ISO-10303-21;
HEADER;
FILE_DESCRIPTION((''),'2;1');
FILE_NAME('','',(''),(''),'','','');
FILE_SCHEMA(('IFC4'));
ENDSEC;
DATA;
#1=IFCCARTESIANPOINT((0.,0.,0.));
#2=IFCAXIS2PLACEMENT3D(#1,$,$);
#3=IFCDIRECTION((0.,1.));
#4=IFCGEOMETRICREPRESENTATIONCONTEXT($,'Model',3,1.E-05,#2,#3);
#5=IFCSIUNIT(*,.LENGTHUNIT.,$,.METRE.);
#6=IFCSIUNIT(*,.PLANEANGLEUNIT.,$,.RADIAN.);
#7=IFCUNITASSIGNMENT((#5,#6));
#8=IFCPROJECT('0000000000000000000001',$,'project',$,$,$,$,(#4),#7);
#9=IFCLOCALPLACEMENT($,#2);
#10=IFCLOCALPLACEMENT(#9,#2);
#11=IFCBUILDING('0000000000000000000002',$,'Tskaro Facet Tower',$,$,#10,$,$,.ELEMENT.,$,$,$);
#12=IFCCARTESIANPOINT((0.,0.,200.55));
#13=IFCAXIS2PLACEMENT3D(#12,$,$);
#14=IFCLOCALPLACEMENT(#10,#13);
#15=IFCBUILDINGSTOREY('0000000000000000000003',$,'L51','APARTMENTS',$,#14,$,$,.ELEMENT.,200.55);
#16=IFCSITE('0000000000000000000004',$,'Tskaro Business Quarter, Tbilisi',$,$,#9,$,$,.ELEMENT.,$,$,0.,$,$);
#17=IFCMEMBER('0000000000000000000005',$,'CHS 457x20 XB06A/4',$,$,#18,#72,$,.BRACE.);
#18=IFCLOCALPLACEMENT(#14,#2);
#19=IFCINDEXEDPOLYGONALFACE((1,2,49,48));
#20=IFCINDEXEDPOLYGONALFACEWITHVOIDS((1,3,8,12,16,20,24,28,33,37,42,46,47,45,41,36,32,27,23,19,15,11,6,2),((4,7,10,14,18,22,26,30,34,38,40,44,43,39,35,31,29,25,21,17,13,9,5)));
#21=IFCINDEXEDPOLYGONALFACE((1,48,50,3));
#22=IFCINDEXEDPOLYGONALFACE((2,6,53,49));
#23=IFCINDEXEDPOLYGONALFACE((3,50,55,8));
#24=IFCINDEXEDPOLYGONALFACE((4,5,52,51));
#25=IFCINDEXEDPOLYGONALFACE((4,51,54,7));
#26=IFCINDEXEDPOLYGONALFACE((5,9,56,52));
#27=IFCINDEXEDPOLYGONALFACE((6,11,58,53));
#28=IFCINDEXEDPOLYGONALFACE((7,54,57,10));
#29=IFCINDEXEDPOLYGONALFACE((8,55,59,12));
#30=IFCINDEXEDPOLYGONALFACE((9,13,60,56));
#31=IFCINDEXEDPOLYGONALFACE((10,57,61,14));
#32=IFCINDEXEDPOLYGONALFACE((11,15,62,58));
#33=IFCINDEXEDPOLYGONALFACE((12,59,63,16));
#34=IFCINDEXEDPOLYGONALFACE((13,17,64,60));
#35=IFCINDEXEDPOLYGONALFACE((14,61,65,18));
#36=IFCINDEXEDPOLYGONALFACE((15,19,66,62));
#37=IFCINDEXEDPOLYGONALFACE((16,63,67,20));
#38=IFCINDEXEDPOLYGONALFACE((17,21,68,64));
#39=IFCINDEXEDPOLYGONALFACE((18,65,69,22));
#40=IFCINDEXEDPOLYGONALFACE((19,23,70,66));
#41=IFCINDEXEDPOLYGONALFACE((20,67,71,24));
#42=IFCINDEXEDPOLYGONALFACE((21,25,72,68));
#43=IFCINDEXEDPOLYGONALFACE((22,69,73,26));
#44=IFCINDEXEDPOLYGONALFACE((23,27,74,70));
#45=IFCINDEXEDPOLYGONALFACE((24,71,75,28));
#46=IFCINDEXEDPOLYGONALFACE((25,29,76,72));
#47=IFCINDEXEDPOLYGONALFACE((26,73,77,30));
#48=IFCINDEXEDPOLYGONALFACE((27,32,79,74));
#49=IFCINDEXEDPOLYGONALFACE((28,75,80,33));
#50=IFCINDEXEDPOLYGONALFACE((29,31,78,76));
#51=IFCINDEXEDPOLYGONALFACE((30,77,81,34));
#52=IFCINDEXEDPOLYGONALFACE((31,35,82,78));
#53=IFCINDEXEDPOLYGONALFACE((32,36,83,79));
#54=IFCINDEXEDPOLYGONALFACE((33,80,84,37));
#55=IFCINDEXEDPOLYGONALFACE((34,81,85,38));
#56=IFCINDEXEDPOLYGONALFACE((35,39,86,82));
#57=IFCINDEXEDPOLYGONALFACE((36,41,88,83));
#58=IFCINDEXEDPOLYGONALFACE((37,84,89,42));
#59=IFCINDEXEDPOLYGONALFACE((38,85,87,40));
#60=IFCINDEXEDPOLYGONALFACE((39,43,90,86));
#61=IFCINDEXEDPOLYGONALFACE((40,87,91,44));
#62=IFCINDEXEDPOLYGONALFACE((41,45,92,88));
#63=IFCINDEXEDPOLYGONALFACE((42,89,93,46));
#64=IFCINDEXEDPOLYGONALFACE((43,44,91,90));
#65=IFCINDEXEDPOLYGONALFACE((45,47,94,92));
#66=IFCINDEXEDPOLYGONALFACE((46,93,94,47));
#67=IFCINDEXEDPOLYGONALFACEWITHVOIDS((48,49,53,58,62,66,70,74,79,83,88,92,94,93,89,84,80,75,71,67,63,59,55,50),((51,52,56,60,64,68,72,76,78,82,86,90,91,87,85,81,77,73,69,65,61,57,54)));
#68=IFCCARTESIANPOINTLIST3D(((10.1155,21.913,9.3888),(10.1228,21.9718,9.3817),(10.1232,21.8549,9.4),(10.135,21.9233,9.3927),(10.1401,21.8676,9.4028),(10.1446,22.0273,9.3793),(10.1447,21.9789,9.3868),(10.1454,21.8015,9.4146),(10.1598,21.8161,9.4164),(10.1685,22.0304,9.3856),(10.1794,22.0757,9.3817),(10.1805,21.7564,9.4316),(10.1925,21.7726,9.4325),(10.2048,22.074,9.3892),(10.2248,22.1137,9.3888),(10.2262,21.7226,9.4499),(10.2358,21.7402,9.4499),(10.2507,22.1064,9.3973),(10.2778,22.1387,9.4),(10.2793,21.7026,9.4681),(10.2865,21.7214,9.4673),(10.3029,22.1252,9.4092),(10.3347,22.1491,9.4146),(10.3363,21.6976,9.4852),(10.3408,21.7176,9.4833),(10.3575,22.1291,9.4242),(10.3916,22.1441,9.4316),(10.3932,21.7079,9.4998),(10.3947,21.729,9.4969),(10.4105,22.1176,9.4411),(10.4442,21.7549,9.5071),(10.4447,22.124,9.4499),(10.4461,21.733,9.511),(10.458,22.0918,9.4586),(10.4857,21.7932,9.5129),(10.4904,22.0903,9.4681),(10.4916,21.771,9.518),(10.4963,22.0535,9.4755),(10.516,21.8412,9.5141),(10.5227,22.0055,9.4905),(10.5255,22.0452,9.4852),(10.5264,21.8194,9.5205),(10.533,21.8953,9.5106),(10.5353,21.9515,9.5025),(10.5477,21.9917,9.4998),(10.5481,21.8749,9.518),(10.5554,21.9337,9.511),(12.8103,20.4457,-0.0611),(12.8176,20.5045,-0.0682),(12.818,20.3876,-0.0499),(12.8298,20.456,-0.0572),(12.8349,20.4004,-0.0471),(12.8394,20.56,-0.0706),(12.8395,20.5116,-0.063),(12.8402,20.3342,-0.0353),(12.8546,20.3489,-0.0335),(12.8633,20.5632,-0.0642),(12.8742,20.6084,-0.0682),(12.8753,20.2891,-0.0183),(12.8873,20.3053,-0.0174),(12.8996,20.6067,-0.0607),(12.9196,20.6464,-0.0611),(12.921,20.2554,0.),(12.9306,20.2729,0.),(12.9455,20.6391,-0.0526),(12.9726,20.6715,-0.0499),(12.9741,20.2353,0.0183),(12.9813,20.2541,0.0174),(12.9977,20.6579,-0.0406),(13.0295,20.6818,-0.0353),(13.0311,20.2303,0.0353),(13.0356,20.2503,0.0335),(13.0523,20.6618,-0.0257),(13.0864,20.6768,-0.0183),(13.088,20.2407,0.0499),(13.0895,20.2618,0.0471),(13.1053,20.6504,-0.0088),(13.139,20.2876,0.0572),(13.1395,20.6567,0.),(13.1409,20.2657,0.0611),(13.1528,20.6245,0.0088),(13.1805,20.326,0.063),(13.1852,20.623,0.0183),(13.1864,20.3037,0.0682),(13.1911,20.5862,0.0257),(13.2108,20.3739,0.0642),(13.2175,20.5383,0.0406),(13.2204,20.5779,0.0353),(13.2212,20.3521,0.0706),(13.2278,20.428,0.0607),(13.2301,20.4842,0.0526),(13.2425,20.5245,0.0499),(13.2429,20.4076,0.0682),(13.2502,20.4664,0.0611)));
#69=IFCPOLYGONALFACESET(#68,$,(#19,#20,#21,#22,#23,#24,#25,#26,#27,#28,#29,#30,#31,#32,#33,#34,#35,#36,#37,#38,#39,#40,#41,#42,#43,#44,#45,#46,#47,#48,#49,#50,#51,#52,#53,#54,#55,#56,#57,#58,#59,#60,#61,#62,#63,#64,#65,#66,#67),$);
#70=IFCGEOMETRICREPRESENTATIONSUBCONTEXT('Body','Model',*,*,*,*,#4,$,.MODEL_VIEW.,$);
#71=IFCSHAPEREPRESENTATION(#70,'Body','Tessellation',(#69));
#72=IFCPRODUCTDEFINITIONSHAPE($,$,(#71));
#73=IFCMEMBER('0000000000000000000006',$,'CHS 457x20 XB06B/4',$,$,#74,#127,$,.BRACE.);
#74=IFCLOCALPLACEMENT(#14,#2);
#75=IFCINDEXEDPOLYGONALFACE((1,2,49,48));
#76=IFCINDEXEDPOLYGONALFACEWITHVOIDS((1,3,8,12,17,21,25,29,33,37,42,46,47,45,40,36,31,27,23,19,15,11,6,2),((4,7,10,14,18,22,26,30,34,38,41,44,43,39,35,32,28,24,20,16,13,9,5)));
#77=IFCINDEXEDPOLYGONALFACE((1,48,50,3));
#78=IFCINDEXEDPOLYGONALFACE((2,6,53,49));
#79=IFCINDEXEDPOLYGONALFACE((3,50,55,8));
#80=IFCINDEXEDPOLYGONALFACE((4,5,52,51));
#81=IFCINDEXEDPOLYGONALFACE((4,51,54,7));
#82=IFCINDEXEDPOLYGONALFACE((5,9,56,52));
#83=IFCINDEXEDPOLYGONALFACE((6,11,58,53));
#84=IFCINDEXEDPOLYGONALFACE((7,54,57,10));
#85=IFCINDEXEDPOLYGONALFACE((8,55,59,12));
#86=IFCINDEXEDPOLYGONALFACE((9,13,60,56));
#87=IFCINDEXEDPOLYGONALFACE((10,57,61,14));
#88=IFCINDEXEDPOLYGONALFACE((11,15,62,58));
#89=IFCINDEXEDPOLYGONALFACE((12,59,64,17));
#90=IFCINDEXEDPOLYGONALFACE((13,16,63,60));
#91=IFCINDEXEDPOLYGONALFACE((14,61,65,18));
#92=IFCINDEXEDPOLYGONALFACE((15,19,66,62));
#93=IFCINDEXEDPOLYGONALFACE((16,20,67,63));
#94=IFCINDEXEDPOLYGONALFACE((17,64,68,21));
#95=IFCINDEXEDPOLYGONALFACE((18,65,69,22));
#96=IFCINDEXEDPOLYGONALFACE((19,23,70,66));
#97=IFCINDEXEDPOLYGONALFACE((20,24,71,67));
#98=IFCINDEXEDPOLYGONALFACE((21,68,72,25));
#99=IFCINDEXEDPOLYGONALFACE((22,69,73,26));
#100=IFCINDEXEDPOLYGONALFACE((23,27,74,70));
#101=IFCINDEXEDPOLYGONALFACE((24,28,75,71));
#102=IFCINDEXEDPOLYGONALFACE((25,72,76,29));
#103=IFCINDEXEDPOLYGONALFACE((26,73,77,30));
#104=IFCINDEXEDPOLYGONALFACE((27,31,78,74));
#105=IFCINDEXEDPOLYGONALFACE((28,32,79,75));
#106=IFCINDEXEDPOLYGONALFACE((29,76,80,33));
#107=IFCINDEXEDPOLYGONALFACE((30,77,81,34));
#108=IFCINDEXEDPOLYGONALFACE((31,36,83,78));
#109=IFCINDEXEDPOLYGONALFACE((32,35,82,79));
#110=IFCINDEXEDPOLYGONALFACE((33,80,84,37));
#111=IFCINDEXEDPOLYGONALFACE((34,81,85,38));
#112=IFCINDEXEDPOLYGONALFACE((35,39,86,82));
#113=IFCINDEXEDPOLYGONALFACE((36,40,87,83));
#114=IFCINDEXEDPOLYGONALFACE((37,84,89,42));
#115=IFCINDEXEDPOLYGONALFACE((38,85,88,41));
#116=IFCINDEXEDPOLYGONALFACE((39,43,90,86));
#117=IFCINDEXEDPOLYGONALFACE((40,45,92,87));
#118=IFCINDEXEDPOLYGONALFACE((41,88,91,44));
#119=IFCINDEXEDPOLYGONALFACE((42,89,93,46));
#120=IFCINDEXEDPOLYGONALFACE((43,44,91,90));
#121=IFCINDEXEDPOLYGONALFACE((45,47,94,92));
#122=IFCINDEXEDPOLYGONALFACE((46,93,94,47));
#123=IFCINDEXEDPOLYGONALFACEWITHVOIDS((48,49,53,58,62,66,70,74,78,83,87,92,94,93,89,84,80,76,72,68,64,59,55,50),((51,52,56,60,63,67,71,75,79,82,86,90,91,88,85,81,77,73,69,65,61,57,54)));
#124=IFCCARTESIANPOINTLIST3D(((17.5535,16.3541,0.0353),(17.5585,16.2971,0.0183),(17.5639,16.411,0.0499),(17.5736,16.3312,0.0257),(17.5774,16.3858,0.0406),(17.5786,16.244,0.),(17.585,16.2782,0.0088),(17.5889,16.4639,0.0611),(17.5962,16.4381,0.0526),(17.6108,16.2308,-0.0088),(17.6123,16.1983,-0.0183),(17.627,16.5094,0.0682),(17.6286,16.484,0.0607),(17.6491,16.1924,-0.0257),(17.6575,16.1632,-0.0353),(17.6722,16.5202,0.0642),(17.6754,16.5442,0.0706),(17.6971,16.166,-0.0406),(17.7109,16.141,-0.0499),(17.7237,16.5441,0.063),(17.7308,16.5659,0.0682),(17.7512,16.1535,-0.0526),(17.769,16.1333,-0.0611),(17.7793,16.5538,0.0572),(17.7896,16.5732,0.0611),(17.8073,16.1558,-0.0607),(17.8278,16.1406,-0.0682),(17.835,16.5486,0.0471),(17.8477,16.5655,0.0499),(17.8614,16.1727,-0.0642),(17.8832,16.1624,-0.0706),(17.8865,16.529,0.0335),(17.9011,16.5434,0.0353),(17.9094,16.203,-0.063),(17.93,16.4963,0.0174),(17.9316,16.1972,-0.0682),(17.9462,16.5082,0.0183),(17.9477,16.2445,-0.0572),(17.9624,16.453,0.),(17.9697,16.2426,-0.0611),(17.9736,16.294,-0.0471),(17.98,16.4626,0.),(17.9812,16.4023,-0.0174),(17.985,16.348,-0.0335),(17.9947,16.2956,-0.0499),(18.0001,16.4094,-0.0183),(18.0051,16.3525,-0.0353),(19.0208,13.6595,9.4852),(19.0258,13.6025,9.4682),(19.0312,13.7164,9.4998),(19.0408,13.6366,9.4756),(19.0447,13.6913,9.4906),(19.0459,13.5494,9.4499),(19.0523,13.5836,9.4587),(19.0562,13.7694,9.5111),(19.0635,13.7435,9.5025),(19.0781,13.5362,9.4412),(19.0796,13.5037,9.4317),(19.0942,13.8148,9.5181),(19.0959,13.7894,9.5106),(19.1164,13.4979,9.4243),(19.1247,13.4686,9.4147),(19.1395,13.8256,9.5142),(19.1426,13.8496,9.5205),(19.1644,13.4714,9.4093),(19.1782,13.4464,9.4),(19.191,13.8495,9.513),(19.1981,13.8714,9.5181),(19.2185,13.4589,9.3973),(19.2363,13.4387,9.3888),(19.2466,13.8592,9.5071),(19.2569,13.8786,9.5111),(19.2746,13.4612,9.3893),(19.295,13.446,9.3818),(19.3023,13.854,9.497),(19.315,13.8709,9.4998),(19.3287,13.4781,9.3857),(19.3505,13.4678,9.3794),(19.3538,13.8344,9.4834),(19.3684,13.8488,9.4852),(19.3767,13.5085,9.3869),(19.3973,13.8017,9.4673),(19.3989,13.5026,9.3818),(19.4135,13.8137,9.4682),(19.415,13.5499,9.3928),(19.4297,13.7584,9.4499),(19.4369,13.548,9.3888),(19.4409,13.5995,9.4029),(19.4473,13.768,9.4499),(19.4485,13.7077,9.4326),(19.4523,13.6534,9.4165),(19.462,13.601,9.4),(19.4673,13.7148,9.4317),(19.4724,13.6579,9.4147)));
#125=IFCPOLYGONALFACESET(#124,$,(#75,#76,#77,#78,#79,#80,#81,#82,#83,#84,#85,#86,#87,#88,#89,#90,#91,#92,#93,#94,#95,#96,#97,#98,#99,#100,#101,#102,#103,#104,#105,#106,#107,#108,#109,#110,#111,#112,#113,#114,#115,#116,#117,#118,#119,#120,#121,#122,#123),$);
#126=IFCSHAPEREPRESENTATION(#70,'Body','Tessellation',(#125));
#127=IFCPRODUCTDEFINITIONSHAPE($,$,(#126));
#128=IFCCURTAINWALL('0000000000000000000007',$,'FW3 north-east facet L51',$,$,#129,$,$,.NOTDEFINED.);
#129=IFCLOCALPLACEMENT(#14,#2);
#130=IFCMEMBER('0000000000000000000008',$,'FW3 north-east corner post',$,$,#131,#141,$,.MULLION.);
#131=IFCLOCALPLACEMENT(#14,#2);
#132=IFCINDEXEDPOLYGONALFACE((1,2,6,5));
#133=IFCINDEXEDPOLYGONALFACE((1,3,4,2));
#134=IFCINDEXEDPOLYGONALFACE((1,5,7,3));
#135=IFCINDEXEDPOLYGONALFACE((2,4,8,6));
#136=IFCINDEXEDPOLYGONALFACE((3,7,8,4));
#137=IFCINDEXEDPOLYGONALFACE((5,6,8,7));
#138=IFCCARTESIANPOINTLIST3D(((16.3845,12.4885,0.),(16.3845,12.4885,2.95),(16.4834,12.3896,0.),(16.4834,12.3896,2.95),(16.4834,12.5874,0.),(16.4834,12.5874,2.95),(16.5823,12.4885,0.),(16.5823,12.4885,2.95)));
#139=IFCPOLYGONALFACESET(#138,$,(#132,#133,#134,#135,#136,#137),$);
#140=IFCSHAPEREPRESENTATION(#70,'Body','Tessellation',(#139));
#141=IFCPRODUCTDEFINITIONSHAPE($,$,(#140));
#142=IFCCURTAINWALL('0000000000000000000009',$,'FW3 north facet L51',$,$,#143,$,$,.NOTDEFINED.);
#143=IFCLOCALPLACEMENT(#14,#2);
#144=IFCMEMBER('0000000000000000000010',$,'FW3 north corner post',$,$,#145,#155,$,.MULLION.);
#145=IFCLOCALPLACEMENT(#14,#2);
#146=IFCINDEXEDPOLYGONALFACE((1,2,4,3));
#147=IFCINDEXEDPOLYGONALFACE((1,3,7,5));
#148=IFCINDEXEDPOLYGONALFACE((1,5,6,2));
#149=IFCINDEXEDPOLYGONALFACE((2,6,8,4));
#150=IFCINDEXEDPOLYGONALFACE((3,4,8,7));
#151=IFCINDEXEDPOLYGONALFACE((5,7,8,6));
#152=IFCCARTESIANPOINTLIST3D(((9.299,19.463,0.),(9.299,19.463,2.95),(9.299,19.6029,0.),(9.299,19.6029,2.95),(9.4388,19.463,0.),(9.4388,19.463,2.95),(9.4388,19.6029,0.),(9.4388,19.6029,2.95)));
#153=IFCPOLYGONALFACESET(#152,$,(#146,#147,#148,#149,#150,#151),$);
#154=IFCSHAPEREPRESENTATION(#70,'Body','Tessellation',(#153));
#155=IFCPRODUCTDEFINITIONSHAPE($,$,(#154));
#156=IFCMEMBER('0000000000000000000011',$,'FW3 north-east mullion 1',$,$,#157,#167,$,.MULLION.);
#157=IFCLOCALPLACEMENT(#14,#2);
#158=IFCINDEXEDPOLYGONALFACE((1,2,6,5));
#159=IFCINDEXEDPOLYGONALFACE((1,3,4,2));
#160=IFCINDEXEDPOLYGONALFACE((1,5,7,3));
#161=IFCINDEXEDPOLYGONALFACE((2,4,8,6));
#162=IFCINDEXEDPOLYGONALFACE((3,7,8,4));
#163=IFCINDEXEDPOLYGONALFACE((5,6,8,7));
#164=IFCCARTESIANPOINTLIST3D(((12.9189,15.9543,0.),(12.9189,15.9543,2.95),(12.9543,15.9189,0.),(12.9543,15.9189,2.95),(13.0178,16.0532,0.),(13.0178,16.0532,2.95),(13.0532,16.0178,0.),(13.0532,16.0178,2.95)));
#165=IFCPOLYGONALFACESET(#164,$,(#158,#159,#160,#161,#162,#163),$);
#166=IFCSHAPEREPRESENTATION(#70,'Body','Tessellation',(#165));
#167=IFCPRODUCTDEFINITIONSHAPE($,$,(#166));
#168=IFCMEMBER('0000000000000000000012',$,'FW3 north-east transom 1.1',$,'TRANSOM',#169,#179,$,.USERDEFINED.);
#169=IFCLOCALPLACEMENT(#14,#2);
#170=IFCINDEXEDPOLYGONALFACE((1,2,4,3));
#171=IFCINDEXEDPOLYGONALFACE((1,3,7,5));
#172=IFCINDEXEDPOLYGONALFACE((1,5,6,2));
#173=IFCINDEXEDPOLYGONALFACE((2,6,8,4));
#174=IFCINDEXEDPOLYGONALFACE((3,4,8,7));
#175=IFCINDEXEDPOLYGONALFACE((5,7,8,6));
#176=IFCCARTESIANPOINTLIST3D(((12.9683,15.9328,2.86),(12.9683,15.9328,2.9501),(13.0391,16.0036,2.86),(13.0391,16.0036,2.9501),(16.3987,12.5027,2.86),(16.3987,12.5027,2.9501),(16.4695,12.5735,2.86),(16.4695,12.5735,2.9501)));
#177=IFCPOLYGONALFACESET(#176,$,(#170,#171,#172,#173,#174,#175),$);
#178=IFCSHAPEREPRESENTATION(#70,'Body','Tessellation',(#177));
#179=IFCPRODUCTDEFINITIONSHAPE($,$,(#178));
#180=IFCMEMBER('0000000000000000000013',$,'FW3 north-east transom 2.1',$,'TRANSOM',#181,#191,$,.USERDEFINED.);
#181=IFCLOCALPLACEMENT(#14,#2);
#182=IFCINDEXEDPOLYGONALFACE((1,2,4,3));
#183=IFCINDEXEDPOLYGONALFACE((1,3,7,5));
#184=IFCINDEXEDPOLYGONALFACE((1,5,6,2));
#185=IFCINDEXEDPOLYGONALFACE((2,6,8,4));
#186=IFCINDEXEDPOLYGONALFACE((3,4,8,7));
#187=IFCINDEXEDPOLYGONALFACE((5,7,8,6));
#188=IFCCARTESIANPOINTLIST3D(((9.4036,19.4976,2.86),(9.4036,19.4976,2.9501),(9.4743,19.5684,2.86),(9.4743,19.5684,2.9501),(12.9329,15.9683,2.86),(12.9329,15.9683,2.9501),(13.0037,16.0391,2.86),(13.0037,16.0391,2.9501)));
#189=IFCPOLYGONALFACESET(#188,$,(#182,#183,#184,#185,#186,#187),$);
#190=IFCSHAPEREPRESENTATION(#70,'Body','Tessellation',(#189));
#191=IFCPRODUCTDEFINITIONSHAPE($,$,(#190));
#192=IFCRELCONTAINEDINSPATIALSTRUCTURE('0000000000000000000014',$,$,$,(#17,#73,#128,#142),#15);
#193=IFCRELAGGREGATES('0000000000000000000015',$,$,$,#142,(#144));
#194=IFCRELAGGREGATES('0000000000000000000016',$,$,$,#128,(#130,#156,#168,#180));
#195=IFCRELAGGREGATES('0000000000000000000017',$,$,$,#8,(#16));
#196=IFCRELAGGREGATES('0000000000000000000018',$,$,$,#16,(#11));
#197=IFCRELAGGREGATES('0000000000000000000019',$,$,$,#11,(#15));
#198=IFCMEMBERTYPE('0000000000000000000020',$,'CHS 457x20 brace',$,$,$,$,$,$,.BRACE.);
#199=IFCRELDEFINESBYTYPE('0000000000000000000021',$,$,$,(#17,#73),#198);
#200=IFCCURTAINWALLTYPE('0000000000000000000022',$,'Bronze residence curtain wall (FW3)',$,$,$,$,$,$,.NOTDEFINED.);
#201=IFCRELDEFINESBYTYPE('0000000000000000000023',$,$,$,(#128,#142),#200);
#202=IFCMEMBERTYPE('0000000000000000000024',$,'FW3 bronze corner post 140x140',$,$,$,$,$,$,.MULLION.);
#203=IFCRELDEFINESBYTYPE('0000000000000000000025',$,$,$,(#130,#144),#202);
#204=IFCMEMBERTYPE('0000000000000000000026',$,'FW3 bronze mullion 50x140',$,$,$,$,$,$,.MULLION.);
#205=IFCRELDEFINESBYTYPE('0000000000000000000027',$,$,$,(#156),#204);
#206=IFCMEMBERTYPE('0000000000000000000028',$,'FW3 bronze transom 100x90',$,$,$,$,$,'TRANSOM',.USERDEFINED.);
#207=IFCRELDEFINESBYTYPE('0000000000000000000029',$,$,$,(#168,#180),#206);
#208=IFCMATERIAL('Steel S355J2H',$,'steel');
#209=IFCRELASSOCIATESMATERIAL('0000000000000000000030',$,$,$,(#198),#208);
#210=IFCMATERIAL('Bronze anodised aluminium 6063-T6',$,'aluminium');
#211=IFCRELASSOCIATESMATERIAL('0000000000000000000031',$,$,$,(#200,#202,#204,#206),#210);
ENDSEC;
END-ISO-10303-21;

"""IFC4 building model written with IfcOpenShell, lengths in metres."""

from ifc_helpers import new_model, si_unit, direction, frame, origin, origin_2d, place, context, subcontext, project, spatial, rectangle, hollow_circle, extrude, material, material_profile, profile_set, type_object, element, aggregate, save


model = new_model("IFC4")

# Units and contexts
model_context = context("Model", 3, precision=1e-05, world=origin(), true_north=direction((0.0, 1.0)))
body_context = subcontext(model_context, "Body", "Model", "MODEL_VIEW")
ifc_project = project(units=[si_unit("LENGTHUNIT", "METRE"), si_unit("PLANEANGLEUNIT", "RADIAN")], contexts=[model_context])

# Site, building, storey
site_placement = place(None, origin())
site = spatial("IfcSite", under=ifc_project, at=site_placement, Name="Tskaro Business Quarter, Tbilisi", CompositionType="ELEMENT", RefElevation=0.0)
building_placement = place(site_placement, origin())
building = spatial("IfcBuilding", under=site, at=building_placement, Name="Tskaro Facet Tower", CompositionType="ELEMENT")
storey_placement = place(building_placement, frame((0.0, 0.0, 200.55)))
storey = spatial("IfcBuildingStorey", under=building, at=storey_placement, Name="L51", Description="APARTMENTS", CompositionType="ELEMENT", Elevation=200.55)

# Shared definitions
ifc_material_1 = material(Name="Steel S355J2H", Category="steel")

# Members
ifc_material_profile_1 = material_profile(ifc_material_1, hollow_circle(Radius=0.2285, WallThickness=0.02, at=origin_2d()), Name="CHS 457x20")
ifc_profile_set_1 = profile_set([ifc_material_profile_1], Name="Steel S355J2H")
member_type_1 = type_object("IfcMemberType", Name="CHS 457x20 brace", PredefinedType="BRACE", material=ifc_profile_set_1)
for number, where, z_axis, x_axis, name in (
    (1, (13.0303, 20.4561, 0.0), (-0.271229, 0.147679, 0.951118), (-0.478194, -0.878254, 0.0), "CHS 457x20 XB06A/4"),
    (2, (17.7793, 16.3533, 0.0), (0.14768, -0.271206, 0.951125), (0.878236, 0.478228, 0.0), "CHS 457x20 XB06B/4"),
):
    element("IfcMember", number, at=place(storey_placement, frame(where, z_axis=z_axis, x_axis=x_axis)), inside=storey, type_object=member_type_1, Name=name, PredefinedType="BRACE", context=body_context, shape_type="SweptSolid", body=[
        extrude(hollow_circle(Radius=0.2285, WallThickness=0.02, at=origin_2d()), origin(), (0.0, 0.0, 1.0), 9.9355),
    ])

# Curtain walls, members
ifc_material_2 = material(Name="Bronze anodised aluminium 6063-T6", Category="aluminium")
curtain_wall_type = type_object("IfcCurtainWallType", Name="Bronze residence curtain wall (FW3)", PredefinedType="NOTDEFINED", material=ifc_material_2)
curtain_wall_1_placement = place(storey_placement, origin())
curtain_wall_1 = element("IfcCurtainWall", 3, at=curtain_wall_1_placement, inside=storey, type_object=curtain_wall_type, Name="FW3 north-east facet L51", PredefinedType="NOTDEFINED")
ifc_material_profile_2 = material_profile(ifc_material_2, rectangle(XDim=0.1399, YDim=0.1399, at=origin_2d()), Name="Corner post 140x140")
ifc_profile_set_2 = profile_set([ifc_material_profile_2], Name="Bronze anodised aluminium 6063-T6")
member_type_2 = type_object("IfcMemberType", Name="FW3 bronze corner post 140x140", PredefinedType="MULLION", material=ifc_profile_set_2)
member_1_placement = place(storey_placement, frame((16.4834, 12.4885, 0.0), z_axis=(0.0, 0.0, 1.0), x_axis=(-0.707107, 0.707107, 0.0)))
member_1 = element("IfcMember", 4, at=member_1_placement, type_object=member_type_2, Name="FW3 north-east corner post", PredefinedType="MULLION", context=body_context, shape_type="SweptSolid", body=[
    extrude(rectangle(XDim=0.1399, YDim=0.1399, at=origin_2d()), origin(), (0.0, 0.0, 1.0), 2.95),
])
curtain_wall_2_placement = place(storey_placement, origin())
curtain_wall_2 = element("IfcCurtainWall", 5, at=curtain_wall_2_placement, inside=storey, type_object=curtain_wall_type, Name="FW3 north facet L51", PredefinedType="NOTDEFINED")
member_2_placement = place(storey_placement, frame((9.3689, 19.533, 0.0), z_axis=(0.0, 0.0, 1.0), x_axis=(-1.0, 0.0, 0.0)))
member_2 = element("IfcMember", 6, at=member_2_placement, type_object=member_type_2, Name="FW3 north corner post", PredefinedType="MULLION", context=body_context, shape_type="SweptSolid", body=[
    extrude(rectangle(XDim=0.1399, YDim=0.1399, at=origin_2d()), origin(), (0.0, 0.0, 1.0), 2.95),
])

# Members
ifc_material_profile_3 = material_profile(ifc_material_2, rectangle(XDim=0.05, YDim=0.1399, at=origin_2d()), Name="Mullion 50x140")
ifc_profile_set_3 = profile_set([ifc_material_profile_3], Name="Bronze anodised aluminium 6063-T6")
member_type_3 = type_object("IfcMemberType", Name="FW3 bronze mullion 50x140", PredefinedType="MULLION", material=ifc_profile_set_3)
member_3_placement = place(storey_placement, frame((12.9861, 15.9861, 0.0), z_axis=(0.0, 0.0, 1.0), x_axis=(-0.707107, 0.707107, 0.0)))
member_3 = element("IfcMember", 7, at=member_3_placement, type_object=member_type_3, Name="FW3 north-east mullion 1", PredefinedType="MULLION", context=body_context, shape_type="SweptSolid", body=[
    extrude(rectangle(XDim=0.05, YDim=0.1399, at=origin_2d()), origin(), (0.0, 0.0, 1.0), 2.95),
])
ifc_material_profile_4 = material_profile(ifc_material_2, rectangle(XDim=0.1001, YDim=0.0901, at=origin_2d()), Name="Transom 100x90")
ifc_profile_set_4 = profile_set([ifc_material_profile_4], Name="Bronze anodised aluminium 6063-T6")
member_type_4 = type_object("IfcMemberType", Name="FW3 bronze transom 100x90", ElementType="TRANSOM", PredefinedType="USERDEFINED", material=ifc_profile_set_4)
member_4_placement = place(storey_placement, frame((16.4341, 12.5381, 2.905), z_axis=(-0.707132, 0.707082, 0.0), x_axis=(-0.707082, -0.707132, 0.0)))
member_4 = element("IfcMember", 8, at=member_4_placement, type_object=member_type_4, Name="FW3 north-east transom 1.1", ObjectType="TRANSOM", PredefinedType="USERDEFINED", context=body_context, shape_type="SweptSolid", body=[
    extrude(rectangle(XDim=0.1001, YDim=0.0901, at=origin_2d()), origin(), (0.0, 0.0, 1.0), 4.8511),
])
member_5_placement = place(storey_placement, frame((12.9683, 16.0037, 2.905), z_axis=(-0.707107, 0.707107, 0.0), x_axis=(-0.707107, -0.707107, 0.0)))
member_5 = element("IfcMember", 9, at=member_5_placement, type_object=member_type_4, Name="FW3 north-east transom 2.1", ObjectType="TRANSOM", PredefinedType="USERDEFINED", context=body_context, shape_type="SweptSolid", body=[
    extrude(rectangle(XDim=0.1001, YDim=0.0901, at=origin_2d()), origin(), (0.0, 0.0, 1.0), 4.9912),
])
aggregate(curtain_wall_2, [member_2])

aggregate(curtain_wall_1, [member_1, member_3, member_4, member_5])

save(model, "model.ifc")
